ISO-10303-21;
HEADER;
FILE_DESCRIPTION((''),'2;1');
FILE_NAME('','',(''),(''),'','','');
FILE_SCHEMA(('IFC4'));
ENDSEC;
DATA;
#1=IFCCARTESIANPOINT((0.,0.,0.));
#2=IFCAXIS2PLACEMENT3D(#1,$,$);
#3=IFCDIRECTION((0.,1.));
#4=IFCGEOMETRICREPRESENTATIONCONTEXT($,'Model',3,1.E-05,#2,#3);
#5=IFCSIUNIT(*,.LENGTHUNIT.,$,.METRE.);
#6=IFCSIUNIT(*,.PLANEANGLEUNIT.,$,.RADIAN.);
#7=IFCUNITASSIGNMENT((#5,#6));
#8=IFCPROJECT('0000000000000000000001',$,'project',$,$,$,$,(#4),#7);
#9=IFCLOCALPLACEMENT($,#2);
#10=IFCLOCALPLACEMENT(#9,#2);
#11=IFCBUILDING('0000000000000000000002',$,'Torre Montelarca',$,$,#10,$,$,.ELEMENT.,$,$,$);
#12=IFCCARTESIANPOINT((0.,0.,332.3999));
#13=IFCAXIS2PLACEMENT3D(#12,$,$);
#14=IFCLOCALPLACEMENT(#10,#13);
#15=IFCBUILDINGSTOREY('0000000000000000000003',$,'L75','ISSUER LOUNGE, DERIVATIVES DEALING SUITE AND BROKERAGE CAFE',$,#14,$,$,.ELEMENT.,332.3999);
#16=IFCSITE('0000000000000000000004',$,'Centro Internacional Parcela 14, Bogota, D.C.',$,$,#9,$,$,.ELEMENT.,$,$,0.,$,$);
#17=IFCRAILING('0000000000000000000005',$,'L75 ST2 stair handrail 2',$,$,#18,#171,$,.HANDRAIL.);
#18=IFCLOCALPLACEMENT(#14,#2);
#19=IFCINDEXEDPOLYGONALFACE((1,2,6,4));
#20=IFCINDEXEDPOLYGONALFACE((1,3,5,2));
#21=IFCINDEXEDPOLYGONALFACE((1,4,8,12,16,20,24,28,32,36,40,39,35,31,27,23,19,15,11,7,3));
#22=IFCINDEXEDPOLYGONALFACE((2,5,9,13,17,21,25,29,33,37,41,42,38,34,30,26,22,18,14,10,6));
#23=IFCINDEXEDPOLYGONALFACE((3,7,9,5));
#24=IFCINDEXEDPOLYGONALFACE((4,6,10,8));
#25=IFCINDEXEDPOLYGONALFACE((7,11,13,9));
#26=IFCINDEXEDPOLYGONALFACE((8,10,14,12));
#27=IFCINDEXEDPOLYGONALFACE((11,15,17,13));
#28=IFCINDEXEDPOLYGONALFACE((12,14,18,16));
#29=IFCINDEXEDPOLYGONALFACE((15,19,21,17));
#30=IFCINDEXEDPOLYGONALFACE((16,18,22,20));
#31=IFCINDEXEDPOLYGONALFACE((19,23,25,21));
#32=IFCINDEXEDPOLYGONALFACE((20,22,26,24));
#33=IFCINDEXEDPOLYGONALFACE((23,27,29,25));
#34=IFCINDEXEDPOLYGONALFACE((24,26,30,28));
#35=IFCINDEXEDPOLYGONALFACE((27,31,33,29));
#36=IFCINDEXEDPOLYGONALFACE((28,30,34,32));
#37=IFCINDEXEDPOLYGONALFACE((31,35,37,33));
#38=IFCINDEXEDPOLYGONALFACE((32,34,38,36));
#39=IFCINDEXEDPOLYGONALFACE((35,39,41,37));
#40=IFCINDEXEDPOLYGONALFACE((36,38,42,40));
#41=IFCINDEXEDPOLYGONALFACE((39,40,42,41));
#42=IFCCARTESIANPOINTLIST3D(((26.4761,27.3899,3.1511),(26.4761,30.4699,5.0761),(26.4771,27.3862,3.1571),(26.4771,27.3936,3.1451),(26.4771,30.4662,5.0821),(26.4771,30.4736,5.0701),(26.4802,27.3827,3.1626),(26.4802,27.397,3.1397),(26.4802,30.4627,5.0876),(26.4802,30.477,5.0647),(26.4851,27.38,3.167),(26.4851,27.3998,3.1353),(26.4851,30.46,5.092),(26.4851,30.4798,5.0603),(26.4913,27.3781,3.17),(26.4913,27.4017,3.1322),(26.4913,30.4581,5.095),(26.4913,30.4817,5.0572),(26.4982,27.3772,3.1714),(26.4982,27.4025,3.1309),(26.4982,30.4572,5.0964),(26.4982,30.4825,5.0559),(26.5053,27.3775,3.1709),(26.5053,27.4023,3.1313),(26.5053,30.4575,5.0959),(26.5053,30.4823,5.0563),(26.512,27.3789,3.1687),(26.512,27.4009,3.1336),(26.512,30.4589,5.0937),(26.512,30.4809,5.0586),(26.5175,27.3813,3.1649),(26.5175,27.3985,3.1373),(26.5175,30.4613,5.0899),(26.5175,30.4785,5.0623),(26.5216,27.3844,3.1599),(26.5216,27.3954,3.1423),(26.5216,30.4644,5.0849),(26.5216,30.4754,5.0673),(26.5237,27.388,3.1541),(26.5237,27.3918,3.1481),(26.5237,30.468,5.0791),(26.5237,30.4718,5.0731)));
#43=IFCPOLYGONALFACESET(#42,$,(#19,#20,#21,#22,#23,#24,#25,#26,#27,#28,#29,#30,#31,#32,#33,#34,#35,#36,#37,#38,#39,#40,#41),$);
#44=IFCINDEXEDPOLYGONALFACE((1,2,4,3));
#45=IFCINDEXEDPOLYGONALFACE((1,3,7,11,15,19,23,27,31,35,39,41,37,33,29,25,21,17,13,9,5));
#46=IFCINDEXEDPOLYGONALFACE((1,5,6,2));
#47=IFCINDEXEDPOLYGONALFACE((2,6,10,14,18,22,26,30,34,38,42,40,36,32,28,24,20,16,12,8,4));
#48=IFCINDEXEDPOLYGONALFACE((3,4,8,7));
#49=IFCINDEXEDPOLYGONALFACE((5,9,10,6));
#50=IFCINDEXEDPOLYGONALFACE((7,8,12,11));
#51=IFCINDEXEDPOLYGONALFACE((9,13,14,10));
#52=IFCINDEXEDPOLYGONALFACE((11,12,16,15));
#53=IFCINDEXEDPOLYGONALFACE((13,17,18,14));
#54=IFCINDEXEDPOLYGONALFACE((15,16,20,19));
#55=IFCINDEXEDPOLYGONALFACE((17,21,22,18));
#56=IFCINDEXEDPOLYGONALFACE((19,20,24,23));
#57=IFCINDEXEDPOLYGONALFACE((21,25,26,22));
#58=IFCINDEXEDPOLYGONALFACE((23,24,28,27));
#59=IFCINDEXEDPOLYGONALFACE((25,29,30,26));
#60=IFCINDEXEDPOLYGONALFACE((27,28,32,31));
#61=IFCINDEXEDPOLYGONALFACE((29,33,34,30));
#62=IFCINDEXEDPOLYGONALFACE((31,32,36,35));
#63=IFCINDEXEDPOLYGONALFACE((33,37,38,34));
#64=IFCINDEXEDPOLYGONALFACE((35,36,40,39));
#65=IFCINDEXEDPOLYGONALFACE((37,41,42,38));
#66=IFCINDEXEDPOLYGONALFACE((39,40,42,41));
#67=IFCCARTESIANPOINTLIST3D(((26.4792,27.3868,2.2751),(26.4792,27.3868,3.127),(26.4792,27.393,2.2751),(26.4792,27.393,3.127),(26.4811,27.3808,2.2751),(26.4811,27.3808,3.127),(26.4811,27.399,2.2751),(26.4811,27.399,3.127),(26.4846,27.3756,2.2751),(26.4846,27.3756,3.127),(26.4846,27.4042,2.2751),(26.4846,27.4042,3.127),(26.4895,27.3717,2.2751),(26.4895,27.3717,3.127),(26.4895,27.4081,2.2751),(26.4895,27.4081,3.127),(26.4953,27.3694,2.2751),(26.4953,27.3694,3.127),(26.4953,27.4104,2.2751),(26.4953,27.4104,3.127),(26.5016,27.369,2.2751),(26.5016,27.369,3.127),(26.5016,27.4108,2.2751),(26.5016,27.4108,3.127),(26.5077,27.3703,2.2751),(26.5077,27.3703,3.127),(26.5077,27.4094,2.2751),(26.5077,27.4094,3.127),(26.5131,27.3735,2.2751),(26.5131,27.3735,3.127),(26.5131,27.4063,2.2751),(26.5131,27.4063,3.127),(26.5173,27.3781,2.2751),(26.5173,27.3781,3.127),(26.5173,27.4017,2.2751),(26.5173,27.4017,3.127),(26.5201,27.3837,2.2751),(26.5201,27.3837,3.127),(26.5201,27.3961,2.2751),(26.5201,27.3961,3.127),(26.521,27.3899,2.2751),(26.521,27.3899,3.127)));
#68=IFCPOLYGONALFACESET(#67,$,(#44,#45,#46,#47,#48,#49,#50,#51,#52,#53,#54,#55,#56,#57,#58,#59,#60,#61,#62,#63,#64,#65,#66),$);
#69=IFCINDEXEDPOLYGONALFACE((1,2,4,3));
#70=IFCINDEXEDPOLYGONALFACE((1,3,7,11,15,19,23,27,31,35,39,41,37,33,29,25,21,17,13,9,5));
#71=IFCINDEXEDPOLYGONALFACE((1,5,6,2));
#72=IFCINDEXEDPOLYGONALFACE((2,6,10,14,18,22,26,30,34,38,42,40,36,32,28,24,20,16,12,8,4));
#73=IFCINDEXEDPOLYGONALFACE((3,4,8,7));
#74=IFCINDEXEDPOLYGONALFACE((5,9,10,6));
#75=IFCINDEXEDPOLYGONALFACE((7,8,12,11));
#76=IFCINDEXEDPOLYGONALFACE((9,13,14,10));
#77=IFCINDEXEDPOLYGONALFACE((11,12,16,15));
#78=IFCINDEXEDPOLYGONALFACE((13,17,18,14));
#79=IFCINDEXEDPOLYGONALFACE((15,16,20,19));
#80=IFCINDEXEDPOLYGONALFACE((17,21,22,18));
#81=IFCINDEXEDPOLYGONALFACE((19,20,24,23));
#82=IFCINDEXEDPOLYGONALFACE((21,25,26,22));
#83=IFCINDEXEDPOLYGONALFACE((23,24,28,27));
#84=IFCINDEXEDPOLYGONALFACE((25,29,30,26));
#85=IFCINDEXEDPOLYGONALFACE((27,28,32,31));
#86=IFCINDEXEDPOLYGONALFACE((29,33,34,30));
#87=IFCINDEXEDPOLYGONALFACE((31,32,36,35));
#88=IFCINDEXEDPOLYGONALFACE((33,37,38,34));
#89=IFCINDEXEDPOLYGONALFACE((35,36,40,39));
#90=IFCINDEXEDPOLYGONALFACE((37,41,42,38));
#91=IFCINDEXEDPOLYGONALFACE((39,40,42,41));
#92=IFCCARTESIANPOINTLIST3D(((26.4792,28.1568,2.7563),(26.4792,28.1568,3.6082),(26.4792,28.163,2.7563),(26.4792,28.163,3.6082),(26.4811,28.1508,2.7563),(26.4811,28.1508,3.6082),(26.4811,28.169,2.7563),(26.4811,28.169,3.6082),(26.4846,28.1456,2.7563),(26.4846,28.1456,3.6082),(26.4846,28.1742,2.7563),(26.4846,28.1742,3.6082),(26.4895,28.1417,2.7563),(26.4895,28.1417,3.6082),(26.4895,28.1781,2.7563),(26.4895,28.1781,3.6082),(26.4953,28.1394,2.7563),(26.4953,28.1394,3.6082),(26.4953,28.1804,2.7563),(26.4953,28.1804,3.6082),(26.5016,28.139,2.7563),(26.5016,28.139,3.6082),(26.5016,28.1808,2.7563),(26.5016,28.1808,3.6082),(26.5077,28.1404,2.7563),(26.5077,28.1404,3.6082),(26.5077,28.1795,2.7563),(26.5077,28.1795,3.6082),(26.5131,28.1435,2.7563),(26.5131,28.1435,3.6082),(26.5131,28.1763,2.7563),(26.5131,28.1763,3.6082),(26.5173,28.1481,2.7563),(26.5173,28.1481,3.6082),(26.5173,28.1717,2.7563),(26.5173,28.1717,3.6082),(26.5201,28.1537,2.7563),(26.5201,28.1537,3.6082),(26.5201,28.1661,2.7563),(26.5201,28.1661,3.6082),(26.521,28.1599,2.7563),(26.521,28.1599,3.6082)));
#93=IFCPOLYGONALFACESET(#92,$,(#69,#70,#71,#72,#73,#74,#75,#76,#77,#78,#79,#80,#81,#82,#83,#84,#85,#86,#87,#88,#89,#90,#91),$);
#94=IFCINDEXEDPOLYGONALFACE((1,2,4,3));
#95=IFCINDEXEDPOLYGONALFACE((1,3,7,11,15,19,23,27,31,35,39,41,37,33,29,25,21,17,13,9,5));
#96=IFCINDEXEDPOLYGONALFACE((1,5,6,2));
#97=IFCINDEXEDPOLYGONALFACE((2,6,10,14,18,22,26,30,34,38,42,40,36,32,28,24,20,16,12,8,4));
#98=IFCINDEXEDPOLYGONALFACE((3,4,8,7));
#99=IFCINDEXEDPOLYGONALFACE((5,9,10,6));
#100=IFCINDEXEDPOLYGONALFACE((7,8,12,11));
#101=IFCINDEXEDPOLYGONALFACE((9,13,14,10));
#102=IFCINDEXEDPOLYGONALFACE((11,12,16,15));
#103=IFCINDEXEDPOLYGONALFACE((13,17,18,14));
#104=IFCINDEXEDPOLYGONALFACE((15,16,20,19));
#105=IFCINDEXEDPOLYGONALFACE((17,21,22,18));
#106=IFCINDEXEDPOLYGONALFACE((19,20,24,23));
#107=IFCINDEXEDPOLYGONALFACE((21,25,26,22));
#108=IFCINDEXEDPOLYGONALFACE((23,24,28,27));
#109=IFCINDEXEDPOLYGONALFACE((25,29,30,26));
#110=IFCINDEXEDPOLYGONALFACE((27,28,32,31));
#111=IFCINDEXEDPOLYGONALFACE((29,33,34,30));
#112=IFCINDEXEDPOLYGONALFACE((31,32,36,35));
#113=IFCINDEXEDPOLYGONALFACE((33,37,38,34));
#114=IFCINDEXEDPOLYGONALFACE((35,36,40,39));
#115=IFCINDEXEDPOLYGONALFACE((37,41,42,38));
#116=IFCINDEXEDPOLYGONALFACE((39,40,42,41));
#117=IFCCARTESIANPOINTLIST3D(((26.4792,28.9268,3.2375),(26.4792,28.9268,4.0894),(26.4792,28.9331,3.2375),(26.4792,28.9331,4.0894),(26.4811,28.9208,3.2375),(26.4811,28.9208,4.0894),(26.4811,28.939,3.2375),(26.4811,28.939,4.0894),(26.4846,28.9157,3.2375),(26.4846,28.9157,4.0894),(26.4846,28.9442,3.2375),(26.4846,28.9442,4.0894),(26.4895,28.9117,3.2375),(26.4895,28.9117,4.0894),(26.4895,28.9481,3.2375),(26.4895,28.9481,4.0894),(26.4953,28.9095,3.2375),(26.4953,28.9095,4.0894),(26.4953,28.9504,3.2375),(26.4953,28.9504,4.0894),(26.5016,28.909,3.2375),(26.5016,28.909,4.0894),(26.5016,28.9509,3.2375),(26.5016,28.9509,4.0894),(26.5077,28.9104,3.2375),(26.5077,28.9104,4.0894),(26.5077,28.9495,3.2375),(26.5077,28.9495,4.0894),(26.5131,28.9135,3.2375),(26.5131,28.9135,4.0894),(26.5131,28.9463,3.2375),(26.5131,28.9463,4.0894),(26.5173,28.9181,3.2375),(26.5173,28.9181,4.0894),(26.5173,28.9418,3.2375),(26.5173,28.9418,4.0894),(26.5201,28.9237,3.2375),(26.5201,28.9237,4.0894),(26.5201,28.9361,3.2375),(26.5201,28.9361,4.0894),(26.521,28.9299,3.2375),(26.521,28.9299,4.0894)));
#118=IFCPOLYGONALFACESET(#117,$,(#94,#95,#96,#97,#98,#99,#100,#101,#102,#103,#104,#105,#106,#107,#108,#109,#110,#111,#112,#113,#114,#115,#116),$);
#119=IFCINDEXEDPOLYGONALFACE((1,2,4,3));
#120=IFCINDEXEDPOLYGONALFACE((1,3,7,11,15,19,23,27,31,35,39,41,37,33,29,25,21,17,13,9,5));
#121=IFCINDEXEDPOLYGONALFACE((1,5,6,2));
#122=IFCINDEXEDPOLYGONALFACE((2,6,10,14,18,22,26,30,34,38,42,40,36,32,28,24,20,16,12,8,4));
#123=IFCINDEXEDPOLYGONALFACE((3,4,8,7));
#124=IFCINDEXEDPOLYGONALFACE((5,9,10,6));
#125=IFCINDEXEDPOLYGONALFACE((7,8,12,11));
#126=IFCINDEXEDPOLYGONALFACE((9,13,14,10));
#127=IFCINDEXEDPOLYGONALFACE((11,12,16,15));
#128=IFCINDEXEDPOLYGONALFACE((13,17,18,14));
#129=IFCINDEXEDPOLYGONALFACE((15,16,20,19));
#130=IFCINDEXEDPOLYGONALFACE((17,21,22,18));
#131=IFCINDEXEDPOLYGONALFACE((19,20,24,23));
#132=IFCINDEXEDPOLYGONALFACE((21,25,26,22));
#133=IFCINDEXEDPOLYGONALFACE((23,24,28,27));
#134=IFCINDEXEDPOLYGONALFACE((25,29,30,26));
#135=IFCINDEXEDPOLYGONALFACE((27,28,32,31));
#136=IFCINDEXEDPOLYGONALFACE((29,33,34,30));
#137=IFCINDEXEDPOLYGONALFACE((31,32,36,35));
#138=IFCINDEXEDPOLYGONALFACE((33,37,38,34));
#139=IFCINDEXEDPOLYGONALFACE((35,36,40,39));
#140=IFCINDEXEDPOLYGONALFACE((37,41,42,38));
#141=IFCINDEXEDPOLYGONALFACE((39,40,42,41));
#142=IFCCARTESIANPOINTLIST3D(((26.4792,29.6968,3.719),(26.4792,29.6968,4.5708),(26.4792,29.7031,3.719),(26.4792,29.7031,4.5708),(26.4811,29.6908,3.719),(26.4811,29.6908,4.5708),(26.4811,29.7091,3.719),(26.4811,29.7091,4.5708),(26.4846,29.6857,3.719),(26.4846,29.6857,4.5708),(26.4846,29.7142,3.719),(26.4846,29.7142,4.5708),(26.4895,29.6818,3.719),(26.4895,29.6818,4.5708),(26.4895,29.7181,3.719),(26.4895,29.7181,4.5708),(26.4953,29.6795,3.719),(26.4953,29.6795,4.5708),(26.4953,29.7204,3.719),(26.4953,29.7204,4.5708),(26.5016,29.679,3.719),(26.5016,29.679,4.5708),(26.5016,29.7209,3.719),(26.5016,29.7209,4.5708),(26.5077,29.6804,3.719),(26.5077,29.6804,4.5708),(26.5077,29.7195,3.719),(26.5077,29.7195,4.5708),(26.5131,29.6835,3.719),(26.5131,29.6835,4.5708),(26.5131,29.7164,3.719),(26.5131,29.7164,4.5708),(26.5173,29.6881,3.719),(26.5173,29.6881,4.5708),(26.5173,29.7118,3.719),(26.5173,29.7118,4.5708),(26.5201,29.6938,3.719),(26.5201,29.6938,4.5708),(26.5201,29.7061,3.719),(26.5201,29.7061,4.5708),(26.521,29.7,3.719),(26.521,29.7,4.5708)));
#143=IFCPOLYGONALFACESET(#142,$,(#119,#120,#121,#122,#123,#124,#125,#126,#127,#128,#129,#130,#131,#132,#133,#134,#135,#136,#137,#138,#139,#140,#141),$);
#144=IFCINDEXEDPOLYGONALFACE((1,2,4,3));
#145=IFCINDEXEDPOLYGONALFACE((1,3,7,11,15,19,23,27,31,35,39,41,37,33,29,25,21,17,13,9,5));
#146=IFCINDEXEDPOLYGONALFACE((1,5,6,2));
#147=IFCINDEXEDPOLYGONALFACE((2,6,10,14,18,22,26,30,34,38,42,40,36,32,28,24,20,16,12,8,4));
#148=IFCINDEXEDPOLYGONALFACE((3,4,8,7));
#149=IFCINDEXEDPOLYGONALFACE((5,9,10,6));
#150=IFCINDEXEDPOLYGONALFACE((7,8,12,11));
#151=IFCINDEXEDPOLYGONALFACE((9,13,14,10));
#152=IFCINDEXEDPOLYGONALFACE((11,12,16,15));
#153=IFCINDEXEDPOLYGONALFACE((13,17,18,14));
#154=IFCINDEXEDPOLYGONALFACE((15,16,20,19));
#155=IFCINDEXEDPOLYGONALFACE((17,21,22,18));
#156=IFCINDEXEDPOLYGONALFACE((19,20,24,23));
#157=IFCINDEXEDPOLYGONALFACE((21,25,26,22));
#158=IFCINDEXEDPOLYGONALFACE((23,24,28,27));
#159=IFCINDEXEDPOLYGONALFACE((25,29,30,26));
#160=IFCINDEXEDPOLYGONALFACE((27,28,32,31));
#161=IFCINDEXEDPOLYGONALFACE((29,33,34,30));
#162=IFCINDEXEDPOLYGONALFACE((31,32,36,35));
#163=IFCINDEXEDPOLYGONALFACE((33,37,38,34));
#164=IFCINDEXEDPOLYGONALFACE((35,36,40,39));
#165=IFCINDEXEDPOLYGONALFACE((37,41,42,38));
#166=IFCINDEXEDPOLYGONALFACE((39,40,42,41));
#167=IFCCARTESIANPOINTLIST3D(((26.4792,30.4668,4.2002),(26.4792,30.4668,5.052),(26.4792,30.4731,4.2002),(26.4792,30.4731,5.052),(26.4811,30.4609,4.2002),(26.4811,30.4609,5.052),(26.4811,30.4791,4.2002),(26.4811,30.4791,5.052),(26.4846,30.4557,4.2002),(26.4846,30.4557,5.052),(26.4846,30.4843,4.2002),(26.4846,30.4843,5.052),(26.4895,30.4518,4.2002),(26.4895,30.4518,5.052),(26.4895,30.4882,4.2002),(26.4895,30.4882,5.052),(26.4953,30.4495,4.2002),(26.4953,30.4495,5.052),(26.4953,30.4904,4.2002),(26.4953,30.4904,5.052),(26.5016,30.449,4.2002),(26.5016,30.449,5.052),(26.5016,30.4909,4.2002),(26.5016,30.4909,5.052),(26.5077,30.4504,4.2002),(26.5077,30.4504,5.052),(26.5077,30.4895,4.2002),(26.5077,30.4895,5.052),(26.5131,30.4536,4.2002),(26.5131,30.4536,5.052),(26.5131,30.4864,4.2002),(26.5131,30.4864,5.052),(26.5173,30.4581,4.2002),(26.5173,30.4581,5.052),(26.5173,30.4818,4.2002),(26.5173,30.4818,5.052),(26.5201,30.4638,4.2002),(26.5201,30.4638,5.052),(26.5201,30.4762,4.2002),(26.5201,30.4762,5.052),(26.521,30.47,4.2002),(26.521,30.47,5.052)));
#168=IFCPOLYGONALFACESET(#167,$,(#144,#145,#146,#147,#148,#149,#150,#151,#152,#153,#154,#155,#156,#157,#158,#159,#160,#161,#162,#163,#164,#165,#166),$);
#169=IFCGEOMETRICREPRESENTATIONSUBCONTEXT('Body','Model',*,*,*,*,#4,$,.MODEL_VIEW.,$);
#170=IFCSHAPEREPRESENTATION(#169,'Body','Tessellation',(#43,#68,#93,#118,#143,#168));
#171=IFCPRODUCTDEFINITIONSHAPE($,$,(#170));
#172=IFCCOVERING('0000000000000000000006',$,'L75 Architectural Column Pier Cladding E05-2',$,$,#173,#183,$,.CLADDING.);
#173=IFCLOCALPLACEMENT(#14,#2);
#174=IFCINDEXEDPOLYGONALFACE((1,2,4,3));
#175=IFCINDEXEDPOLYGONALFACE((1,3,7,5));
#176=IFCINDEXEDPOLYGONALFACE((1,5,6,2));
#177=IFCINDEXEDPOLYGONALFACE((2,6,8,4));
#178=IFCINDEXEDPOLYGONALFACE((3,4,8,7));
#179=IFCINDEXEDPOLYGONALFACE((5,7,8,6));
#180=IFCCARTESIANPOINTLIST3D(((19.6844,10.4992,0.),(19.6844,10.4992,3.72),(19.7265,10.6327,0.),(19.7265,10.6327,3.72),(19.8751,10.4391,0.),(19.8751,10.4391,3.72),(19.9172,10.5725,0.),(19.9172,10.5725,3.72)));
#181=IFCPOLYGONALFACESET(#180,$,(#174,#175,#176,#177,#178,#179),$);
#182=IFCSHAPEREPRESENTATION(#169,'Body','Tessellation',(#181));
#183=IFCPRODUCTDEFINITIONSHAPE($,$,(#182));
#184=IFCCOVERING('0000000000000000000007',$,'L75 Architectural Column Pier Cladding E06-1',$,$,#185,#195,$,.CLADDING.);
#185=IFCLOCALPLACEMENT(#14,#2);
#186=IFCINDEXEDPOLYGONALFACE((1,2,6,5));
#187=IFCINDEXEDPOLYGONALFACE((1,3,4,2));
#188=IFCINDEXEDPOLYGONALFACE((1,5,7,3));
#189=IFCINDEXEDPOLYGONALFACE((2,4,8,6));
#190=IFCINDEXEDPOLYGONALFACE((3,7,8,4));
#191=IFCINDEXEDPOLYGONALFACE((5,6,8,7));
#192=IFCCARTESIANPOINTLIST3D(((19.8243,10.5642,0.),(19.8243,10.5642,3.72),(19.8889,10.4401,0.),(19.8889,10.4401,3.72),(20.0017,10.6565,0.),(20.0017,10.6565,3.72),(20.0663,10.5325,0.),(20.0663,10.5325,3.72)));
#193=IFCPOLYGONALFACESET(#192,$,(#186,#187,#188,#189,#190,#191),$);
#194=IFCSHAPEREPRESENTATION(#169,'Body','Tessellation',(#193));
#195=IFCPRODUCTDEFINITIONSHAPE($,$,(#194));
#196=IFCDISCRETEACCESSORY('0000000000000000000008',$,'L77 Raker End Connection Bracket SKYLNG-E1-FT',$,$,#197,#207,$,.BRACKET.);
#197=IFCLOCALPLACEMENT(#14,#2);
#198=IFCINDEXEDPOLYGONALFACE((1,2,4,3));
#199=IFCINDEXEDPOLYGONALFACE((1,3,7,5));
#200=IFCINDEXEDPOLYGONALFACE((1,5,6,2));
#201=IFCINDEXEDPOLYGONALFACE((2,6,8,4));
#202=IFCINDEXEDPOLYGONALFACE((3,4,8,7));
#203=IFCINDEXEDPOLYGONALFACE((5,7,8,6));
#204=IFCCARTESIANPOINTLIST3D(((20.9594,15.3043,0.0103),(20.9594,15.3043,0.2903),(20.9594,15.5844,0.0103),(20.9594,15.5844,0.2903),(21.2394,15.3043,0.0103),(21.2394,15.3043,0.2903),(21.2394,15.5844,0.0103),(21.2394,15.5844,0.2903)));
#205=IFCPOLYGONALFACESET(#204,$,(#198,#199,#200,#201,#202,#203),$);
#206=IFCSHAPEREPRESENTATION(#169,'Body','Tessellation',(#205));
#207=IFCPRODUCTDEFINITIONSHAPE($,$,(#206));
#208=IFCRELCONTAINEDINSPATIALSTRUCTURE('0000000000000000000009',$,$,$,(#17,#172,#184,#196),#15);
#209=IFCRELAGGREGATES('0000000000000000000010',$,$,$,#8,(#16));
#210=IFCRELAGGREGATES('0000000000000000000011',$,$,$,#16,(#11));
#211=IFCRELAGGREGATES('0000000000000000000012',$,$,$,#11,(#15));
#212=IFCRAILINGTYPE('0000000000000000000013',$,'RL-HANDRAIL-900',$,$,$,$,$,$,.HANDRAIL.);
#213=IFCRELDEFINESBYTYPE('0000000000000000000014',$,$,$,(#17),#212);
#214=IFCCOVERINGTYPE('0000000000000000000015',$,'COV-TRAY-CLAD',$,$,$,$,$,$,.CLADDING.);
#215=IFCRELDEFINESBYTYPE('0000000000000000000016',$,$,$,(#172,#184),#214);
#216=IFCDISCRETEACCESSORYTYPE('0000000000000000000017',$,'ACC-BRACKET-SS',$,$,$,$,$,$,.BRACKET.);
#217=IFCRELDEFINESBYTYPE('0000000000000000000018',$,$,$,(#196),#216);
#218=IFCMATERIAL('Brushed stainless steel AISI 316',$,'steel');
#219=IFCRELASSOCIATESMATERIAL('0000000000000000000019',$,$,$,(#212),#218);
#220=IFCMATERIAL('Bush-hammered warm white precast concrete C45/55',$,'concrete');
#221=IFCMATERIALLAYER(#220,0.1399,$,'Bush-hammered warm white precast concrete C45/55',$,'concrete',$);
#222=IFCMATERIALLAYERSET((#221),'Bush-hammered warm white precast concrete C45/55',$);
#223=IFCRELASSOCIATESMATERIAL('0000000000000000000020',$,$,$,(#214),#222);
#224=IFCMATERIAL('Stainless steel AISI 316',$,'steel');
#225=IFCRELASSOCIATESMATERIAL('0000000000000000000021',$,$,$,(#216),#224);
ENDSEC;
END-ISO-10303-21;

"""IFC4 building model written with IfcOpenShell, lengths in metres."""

from ifc_helpers import new_model, si_unit, direction, frame, origin, origin_2d, place, context, subcontext, project, spatial, rectangle, circle, extrude, source, transform, mapped, material, layer, layer_set, type_object, element, save


model = new_model("IFC4")

# Units and contexts
model_context = context("Model", 3, precision=1e-05, world=origin(), true_north=direction((0.0, 1.0)))
body_context = subcontext(model_context, "Body", "Model", "MODEL_VIEW")
ifc_project = project(units=[si_unit("LENGTHUNIT", "METRE"), si_unit("PLANEANGLEUNIT", "RADIAN")], contexts=[model_context])

# Site, building, storey
site_placement = place(None, origin())
site = spatial("IfcSite", under=ifc_project, at=site_placement, Name="Centro Internacional Parcela 14, Bogota, D.C.", CompositionType="ELEMENT", RefElevation=0.0)
building_placement = place(site_placement, origin())
building = spatial("IfcBuilding", under=site, at=building_placement, Name="Torre Montelarca", CompositionType="ELEMENT")
storey_placement = place(building_placement, frame((0.0, 0.0, 332.3999)))
storey = spatial("IfcBuildingStorey", under=building, at=storey_placement, Name="L75", Description="ISSUER LOUNGE, DERIVATIVES DEALING SUITE AND BROKERAGE CAFE", CompositionType="ELEMENT", Elevation=332.3999)

# Railing
ifc_material_1 = material(Name="Brushed stainless steel AISI 316", Category="steel")
railing_type_1 = type_object("IfcRailingType", Name="RL-HANDRAIL-900", PredefinedType="HANDRAIL", material=ifc_material_1)
railing_1_placement = place(storey_placement, frame((26.5, 27.3899, 2.2751)))
element("IfcRailing", 1, at=railing_1_placement, inside=storey, type_object=railing_type_1, Name="L75 ST2 stair handrail 2", PredefinedType="HANDRAIL", context=body_context, shape_type="SweptSolid", body=[
    extrude(circle(Radius=0.0239, at=origin_2d()), frame((0.0, 0.0, 0.876), z_axis=(0.0, 0.847998, 0.529999), x_axis=(-1.0, 0.0, 0.0)), (0.0, 0.0, 1.0), 3.6321),
    extrude(circle(Radius=0.021, at=origin_2d()), origin(), (0.0, 0.0, 1.0), 0.8518),
    extrude(circle(Radius=0.021, at=origin_2d()), frame((0.0, 0.77, 0.4812)), (0.0, 0.0, 1.0), 0.8518),
    extrude(circle(Radius=0.021, at=origin_2d()), frame((0.0, 1.54, 0.9624)), (0.0, 0.0, 1.0), 0.8518),
    extrude(circle(Radius=0.021, at=origin_2d()), frame((0.0, 2.3101, 1.4438)), (0.0, 0.0, 1.0), 0.8518),
    extrude(circle(Radius=0.021, at=origin_2d()), frame((0.0, 3.0801, 1.925)), (0.0, 0.0, 1.0), 0.8518),
])

# Coverings
ifc_material_2 = material(Name="Bush-hammered warm white precast concrete C45/55", Category="concrete")
ifc_layer_1 = layer(ifc_material_2, 0.1399, Name="Bush-hammered warm white precast concrete C45/55", Category="concrete")
ifc_layer_set_1 = layer_set([ifc_layer_1], Name="Bush-hammered warm white precast concrete C45/55")
covering_type = type_object("IfcCoveringType", Name="COV-TRAY-CLAD", PredefinedType="CLADDING", material=ifc_layer_set_1)
shared_shape_1 = source(origin(), body_context, "Body", "SweptSolid", [
    extrude(rectangle(XDim=0.2, YDim=0.1399, at=origin_2d()), origin(), (0.0, 0.0, 1.0), 3.72),
])
for number, where, z_axis, x_axis, name in (
    (2, (19.8008, 10.5359, 0.0), (0.0, 0.0, 1.0), (0.953719, -0.300701, 0.0), "L75 Architectural Column Pier Cladding E05-2"),
    (3, (19.9453, 10.5483, 0.0), (0.0, 0.0, 1.0), (0.887012, 0.461747, 0.0), "L75 Architectural Column Pier Cladding E06-1"),
):
    element("IfcCovering", number, at=place(storey_placement, frame(where, z_axis=z_axis, x_axis=x_axis)), inside=storey, type_object=covering_type, Name=name, PredefinedType="CLADDING", context=body_context, shape_type="MappedRepresentation", body=[
        mapped(shared_shape_1, transform((0.0, 0.0, 0.0), scale=1.0)),
    ])

# Discrete accessory
ifc_material_3 = material(Name="Stainless steel AISI 316", Category="steel")
discrete_accessory_type = type_object("IfcDiscreteAccessoryType", Name="ACC-BRACKET-SS", PredefinedType="BRACKET", material=ifc_material_3)
shared_shape_2 = source(origin(), body_context, "Body", "SweptSolid", [
    extrude(rectangle(XDim=0.28, YDim=0.28, at=origin_2d()), origin(), (0.0, 0.0, 1.0), 0.28),
])
discrete_accessory_placement = place(storey_placement, frame((21.0994, 15.4443, 0.0103), z_axis=(0.0, 0.0, 1.0), x_axis=(1.0, 0.0, 0.0)))
element("IfcDiscreteAccessory", 4, at=discrete_accessory_placement, inside=storey, type_object=discrete_accessory_type, Name="L77 Raker End Connection Bracket SKYLNG-E1-FT", PredefinedType="BRACKET", context=body_context, shape_type="MappedRepresentation", body=[
    mapped(shared_shape_2, transform((0.0, 0.0, 0.0), scale=1.0)),
])

save(model, "model.ifc")
